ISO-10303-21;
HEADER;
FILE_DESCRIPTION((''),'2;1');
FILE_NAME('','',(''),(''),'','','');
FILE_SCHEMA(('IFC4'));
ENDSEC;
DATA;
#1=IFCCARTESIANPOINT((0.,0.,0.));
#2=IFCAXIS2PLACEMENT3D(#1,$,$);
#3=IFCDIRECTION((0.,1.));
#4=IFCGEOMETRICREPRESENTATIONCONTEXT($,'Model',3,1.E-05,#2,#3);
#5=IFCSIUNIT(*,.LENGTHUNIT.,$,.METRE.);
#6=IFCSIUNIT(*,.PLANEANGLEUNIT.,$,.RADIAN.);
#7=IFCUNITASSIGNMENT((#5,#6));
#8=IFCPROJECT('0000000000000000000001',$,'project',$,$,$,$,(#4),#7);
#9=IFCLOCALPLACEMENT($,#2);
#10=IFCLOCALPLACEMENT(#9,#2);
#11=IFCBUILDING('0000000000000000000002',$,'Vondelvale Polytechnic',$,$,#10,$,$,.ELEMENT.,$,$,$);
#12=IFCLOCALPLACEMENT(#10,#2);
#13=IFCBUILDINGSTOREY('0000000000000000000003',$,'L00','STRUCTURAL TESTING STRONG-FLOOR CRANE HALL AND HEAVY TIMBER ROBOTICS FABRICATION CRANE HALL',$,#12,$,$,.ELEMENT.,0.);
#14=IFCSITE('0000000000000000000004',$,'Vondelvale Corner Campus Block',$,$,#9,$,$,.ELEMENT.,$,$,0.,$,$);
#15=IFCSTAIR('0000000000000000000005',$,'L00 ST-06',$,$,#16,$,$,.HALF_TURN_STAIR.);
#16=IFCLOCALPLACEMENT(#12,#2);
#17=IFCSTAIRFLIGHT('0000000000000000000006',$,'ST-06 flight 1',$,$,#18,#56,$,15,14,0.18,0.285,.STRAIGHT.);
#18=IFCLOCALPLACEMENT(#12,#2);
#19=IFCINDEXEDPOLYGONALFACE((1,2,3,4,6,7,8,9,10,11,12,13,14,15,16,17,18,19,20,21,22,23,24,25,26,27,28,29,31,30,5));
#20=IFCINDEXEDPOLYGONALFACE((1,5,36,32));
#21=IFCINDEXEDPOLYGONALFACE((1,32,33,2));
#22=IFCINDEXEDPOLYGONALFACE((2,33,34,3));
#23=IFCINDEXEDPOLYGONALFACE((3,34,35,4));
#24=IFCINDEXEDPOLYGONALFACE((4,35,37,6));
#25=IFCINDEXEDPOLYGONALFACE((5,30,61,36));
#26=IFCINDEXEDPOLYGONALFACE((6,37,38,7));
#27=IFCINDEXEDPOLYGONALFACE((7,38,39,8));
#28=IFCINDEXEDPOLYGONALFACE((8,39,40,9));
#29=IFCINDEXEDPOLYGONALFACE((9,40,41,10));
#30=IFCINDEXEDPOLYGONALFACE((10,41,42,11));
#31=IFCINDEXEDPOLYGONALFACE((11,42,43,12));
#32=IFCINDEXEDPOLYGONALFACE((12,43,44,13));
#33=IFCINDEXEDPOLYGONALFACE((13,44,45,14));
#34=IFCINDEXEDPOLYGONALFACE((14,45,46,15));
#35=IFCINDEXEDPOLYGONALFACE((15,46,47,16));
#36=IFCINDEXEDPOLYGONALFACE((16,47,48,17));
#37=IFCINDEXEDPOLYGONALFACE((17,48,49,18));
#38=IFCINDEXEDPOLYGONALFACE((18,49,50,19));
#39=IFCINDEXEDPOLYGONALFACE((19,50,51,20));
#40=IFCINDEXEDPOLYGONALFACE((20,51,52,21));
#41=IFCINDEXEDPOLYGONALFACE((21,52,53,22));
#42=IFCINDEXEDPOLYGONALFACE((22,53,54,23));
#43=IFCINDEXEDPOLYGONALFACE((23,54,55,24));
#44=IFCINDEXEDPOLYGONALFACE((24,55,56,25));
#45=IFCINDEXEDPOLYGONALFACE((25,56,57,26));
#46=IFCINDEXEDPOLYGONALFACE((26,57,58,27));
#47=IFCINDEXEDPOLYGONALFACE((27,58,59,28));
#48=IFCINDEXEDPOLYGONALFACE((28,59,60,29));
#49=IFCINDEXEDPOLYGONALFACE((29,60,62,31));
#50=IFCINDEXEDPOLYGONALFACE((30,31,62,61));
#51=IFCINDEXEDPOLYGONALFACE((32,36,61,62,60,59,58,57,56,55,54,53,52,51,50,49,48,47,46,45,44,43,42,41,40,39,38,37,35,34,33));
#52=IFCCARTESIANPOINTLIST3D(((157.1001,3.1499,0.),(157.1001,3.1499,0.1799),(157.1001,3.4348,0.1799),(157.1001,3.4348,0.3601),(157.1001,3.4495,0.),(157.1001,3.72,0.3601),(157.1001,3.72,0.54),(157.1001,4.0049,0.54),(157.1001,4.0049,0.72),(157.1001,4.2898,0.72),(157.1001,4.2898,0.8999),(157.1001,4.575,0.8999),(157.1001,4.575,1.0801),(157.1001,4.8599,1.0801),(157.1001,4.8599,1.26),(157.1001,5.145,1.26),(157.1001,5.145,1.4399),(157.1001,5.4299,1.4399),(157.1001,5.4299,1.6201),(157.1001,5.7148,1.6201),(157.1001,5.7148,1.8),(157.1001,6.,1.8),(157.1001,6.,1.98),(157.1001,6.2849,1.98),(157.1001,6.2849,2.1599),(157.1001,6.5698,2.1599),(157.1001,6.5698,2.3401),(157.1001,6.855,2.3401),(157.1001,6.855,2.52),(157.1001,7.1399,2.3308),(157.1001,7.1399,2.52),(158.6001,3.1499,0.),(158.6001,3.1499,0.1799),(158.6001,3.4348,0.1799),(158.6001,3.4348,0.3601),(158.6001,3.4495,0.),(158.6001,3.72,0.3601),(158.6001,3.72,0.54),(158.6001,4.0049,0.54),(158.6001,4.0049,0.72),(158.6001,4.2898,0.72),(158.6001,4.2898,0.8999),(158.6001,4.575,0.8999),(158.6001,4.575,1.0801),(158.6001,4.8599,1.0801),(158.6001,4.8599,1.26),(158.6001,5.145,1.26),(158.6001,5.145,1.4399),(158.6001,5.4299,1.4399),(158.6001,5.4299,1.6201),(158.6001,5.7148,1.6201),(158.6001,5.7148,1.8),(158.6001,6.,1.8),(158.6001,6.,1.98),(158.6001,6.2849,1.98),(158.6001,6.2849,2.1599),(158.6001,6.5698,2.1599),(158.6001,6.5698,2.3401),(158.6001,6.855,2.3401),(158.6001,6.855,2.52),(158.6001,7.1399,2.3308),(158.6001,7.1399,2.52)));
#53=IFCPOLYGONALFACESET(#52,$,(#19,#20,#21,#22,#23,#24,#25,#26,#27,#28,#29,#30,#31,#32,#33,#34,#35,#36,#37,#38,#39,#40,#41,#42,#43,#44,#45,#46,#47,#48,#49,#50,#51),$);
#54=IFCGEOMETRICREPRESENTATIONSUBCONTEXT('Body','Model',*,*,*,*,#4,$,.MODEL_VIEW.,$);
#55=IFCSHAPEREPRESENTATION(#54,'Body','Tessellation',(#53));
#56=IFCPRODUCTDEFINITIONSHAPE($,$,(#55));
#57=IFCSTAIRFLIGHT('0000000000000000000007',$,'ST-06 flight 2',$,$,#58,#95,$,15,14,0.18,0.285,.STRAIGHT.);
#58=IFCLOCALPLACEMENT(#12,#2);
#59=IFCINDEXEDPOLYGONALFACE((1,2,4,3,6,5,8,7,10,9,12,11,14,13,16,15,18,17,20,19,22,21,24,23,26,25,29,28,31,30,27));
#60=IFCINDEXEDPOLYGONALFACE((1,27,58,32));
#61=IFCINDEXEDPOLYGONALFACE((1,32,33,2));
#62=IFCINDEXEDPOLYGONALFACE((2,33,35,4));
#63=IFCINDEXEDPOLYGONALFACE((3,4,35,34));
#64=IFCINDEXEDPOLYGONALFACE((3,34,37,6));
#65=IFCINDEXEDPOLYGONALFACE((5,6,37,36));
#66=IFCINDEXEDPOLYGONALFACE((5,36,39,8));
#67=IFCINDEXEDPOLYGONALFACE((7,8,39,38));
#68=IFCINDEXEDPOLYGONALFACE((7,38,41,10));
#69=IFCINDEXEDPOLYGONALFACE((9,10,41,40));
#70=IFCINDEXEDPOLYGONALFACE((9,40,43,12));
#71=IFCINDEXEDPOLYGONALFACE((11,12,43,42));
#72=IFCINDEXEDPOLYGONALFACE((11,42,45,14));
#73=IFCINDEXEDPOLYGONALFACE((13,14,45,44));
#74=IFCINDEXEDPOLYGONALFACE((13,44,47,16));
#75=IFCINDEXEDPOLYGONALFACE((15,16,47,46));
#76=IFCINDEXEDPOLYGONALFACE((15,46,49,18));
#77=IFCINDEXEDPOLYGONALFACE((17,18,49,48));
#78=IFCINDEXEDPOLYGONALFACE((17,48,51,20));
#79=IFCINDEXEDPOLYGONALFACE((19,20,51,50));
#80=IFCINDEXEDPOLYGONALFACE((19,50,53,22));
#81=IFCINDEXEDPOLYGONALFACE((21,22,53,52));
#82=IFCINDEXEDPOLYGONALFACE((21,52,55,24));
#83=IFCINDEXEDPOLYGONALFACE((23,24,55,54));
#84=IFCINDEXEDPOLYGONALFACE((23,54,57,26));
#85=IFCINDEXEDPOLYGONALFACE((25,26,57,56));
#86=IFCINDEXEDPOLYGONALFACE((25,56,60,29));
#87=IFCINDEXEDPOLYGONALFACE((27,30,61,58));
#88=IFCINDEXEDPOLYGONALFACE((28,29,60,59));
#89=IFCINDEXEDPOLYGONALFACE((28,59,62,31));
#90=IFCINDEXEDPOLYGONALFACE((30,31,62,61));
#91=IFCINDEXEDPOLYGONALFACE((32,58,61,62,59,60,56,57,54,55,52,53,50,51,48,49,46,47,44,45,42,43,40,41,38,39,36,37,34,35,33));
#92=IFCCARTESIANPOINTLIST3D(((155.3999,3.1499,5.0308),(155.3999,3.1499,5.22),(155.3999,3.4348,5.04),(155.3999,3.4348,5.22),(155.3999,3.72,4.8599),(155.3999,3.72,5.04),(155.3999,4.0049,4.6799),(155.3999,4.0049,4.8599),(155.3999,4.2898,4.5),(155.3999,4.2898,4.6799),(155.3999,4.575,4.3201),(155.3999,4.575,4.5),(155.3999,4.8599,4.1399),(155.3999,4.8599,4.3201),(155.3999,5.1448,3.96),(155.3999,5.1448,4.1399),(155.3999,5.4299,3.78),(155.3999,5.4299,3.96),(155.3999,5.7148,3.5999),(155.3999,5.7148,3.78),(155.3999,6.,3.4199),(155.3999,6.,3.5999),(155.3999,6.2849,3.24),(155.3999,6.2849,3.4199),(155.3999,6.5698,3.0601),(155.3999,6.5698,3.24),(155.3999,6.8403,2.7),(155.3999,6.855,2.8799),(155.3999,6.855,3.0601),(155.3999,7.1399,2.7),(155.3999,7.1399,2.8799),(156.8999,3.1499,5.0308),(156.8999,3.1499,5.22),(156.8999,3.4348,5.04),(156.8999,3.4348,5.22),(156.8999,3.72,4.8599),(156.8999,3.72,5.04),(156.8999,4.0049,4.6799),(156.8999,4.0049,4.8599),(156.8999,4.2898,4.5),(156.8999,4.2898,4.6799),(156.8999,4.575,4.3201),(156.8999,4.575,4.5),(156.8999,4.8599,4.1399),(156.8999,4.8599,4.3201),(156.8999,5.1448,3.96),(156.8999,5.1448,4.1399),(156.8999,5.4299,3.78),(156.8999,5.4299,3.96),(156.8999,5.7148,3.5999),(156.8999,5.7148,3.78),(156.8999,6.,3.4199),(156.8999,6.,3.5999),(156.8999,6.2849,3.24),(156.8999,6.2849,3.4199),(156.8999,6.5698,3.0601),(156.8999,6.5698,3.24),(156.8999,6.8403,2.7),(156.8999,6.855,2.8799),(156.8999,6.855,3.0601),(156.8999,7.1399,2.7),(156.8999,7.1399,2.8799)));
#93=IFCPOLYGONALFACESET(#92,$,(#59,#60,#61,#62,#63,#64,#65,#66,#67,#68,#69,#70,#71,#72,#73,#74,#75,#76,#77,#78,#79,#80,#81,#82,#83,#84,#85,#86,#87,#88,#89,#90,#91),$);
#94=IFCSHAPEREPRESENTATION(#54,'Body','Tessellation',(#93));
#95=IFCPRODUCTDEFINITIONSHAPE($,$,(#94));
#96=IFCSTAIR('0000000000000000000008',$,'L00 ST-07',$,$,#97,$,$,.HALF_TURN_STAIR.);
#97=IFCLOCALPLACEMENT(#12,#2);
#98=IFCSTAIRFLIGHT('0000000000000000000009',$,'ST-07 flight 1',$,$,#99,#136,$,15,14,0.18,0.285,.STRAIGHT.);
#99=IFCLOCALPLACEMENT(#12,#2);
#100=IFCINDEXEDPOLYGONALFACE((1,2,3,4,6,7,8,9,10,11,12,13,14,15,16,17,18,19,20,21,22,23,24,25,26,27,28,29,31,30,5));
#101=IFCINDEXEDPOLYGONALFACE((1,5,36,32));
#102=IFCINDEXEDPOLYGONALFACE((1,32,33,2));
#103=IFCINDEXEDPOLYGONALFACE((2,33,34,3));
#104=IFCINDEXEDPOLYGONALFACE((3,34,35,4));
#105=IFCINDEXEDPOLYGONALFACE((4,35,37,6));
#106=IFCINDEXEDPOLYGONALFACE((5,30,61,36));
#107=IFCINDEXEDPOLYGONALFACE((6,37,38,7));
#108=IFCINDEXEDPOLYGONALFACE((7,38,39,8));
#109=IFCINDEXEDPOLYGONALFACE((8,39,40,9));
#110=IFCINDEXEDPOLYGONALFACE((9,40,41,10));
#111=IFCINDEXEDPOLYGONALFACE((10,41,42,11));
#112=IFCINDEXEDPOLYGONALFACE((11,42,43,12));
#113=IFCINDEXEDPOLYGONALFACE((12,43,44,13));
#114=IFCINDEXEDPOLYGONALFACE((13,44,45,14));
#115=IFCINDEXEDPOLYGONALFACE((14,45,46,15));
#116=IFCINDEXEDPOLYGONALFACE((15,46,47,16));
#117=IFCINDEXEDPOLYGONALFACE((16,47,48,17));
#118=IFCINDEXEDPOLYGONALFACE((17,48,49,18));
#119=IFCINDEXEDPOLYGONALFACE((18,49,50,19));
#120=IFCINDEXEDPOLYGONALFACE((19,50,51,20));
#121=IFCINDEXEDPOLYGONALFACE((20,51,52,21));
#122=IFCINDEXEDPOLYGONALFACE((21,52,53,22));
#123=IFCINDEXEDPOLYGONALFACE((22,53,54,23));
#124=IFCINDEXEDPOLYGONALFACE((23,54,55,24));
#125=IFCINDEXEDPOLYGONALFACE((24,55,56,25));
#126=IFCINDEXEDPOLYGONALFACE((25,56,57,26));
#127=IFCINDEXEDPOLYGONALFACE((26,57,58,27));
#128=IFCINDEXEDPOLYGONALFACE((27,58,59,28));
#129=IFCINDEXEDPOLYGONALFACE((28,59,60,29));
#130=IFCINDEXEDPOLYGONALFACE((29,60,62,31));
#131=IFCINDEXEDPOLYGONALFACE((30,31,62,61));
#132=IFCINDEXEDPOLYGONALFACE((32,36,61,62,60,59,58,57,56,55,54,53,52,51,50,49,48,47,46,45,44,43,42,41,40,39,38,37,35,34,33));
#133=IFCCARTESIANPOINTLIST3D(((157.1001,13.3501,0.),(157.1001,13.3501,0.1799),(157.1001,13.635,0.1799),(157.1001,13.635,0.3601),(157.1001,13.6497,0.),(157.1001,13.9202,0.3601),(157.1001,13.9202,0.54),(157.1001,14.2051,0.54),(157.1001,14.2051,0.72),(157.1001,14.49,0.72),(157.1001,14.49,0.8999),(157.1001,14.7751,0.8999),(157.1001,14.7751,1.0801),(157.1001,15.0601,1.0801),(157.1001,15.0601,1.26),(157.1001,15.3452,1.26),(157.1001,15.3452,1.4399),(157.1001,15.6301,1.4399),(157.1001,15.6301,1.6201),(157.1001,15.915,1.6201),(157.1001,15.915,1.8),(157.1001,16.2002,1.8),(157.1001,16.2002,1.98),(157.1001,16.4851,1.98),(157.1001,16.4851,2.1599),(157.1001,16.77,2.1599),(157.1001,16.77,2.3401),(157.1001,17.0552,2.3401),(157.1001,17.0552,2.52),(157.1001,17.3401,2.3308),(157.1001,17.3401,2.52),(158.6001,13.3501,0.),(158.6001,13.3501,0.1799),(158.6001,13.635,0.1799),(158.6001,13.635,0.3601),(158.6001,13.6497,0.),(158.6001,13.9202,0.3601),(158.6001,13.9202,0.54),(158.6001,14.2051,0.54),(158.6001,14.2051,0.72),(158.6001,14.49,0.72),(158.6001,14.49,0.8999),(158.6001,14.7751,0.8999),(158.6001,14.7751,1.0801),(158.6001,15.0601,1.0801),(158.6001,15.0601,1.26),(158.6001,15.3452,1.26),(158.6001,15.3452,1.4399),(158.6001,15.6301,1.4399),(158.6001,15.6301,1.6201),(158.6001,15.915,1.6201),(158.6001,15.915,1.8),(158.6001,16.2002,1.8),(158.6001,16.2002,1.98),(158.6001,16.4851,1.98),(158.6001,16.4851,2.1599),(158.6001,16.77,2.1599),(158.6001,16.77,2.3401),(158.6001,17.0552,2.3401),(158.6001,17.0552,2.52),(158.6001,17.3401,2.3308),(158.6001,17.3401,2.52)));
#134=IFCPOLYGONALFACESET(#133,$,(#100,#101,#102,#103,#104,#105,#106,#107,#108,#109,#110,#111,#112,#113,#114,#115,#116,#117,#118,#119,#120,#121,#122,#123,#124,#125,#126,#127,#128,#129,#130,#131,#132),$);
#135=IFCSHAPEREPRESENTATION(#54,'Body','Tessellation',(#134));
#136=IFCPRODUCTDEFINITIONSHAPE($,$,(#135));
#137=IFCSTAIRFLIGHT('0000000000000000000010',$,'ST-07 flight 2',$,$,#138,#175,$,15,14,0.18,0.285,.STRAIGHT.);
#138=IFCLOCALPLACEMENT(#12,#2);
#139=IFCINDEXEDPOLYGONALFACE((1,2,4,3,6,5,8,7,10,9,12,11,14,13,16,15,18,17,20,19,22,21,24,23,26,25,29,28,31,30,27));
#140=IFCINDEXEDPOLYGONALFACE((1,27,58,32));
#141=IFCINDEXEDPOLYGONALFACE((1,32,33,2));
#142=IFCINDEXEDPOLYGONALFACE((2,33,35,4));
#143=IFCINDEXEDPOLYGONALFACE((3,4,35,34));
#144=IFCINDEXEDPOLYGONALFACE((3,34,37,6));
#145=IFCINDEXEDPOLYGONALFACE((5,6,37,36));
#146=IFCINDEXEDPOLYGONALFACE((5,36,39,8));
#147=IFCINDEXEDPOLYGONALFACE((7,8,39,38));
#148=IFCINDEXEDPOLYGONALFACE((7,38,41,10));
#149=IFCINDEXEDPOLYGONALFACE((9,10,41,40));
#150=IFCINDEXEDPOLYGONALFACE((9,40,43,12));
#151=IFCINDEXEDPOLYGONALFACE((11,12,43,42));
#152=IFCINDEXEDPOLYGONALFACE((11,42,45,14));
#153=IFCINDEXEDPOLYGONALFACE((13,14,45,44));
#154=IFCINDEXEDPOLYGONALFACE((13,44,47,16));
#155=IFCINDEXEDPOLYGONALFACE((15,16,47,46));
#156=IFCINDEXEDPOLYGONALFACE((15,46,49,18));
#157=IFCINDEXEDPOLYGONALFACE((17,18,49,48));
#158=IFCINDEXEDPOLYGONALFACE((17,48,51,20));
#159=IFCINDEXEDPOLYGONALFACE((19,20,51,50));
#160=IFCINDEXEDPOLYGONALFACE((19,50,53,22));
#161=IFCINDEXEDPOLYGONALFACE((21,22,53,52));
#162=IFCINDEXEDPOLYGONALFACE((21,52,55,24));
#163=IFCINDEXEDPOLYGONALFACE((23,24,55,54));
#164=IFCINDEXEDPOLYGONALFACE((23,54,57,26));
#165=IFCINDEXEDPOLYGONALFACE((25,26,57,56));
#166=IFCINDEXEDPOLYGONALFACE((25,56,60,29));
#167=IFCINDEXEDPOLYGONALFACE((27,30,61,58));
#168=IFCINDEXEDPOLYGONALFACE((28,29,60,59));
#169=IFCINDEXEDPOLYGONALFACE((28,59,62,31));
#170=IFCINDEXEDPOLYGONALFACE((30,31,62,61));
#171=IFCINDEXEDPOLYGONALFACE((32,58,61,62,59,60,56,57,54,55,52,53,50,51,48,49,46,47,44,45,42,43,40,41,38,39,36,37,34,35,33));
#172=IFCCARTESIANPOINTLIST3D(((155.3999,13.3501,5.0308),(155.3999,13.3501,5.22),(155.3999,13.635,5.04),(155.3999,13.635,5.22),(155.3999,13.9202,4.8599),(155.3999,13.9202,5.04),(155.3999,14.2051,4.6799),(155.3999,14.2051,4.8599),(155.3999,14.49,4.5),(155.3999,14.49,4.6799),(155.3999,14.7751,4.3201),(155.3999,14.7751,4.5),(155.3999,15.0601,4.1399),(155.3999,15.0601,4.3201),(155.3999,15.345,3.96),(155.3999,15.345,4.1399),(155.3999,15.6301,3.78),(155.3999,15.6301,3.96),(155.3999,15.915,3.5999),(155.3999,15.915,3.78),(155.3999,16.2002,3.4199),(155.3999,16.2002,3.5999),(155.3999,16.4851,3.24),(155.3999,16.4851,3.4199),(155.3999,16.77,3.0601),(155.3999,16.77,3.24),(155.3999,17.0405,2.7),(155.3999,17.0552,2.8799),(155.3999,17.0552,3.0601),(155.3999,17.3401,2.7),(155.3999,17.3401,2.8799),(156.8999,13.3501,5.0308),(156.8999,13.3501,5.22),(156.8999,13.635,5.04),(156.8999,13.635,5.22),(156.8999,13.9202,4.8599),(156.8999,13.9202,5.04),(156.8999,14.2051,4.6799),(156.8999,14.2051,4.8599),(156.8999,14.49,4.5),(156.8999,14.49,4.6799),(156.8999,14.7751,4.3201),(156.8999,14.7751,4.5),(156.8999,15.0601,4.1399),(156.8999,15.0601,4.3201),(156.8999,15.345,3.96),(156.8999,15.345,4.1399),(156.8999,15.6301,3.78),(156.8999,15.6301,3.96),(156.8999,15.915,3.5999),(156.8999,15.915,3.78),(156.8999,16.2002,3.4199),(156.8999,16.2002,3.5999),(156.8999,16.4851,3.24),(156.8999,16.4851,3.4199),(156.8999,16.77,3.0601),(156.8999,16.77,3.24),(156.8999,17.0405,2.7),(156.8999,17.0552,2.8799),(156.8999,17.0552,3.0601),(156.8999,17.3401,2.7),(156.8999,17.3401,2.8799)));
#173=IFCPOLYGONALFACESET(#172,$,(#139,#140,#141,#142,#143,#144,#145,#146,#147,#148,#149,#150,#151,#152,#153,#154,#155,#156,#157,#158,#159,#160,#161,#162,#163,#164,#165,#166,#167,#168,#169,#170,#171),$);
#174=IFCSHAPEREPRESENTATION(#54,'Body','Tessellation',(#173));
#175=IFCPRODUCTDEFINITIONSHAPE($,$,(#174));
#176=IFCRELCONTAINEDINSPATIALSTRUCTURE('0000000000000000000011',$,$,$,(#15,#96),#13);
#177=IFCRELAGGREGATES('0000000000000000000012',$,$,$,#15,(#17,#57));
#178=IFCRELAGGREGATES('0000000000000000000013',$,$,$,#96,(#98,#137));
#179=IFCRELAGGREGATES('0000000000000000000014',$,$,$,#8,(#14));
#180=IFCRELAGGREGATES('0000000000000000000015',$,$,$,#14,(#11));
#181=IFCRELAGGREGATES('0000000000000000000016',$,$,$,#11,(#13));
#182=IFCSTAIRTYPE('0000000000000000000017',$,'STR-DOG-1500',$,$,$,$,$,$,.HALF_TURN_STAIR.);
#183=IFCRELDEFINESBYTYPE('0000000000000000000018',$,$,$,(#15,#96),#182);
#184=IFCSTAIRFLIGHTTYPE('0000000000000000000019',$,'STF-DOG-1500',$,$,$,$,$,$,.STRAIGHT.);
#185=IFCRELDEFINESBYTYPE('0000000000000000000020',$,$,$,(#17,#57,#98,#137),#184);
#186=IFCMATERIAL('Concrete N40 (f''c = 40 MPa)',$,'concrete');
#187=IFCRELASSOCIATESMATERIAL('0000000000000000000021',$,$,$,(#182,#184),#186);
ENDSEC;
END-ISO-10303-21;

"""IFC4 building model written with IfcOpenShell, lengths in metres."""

from ifc_helpers import new_model, si_unit, direction, frame, origin, place, context, subcontext, project, spatial, polyline, outline, extrude, material, type_object, element, aggregate, save


model = new_model("IFC4")

# Units and contexts
model_context = context("Model", 3, precision=1e-05, world=origin(), true_north=direction((0.0, 1.0)))
body_context = subcontext(model_context, "Body", "Model", "MODEL_VIEW")
ifc_project = project(units=[si_unit("LENGTHUNIT", "METRE"), si_unit("PLANEANGLEUNIT", "RADIAN")], contexts=[model_context])

# Site, building, storey
site_placement = place(None, origin())
site = spatial("IfcSite", under=ifc_project, at=site_placement, Name="Vondelvale Corner Campus Block", CompositionType="ELEMENT", RefElevation=0.0)
building_placement = place(site_placement, origin())
building = spatial("IfcBuilding", under=site, at=building_placement, Name="Vondelvale Polytechnic", CompositionType="ELEMENT")
storey_placement = place(building_placement, origin())
storey = spatial("IfcBuildingStorey", under=building, at=storey_placement, Name="L00", Description="STRUCTURAL TESTING STRONG-FLOOR CRANE HALL AND HEAVY TIMBER ROBOTICS FABRICATION CRANE HALL", CompositionType="ELEMENT", Elevation=0.0)

# Shared definitions
ifc_material_1 = material(Name="Concrete N40 (f'c = 40 MPa)", Category="concrete")

# Stairs, stair flights
stair_type = type_object("IfcStairType", Name="STR-DOG-1500", PredefinedType="HALF_TURN_STAIR", material=ifc_material_1)
stair_1_placement = place(storey_placement, origin())
stair_1 = element("IfcStair", 1, at=stair_1_placement, inside=storey, type_object=stair_type, Name="L00 ST-06", PredefinedType="HALF_TURN_STAIR")
stair_flight_type = type_object("IfcStairFlightType", Name="STF-DOG-1500", PredefinedType="STRAIGHT", material=ifc_material_1)
stair_flight_1_placement = place(storey_placement, frame((157.8501, 3.1499, 0.0), z_axis=(0.0, 0.0, 1.0), x_axis=(0.0, 1.0, 0.0)))
stair_flight_1 = element("IfcStairFlight", 2, at=stair_flight_1_placement, type_object=stair_flight_type, Name="ST-06 flight 1", NumberOfRisers=15, NumberOfTreads=14, PredefinedType="STRAIGHT", RiserHeight=0.18, TreadLength=0.285, context=body_context, shape_type="SweptSolid", body=[
    extrude(outline(polyline([(0.0, 0.0), (0.0, 0.1799), (0.2849, 0.1799), (0.2849, 0.3601), (0.5701, 0.3601), (0.5701, 0.54), (0.855, 0.54), (0.855, 0.72), (1.1399, 0.72), (1.1399, 0.8999), (1.425, 0.8999), (1.425, 1.0801), (1.71, 1.0801), (1.71, 1.26), (1.9951, 1.26), (1.9951, 1.4399), (2.28, 1.4399), (2.28, 1.6201), (2.5649, 1.6201), (2.5649, 1.8), (2.8501, 1.8), (2.8501, 1.98), (3.135, 1.98), (3.135, 2.1599), (3.4199, 2.1599), (3.4199, 2.3401), (3.7051, 2.3401), (3.7051, 2.52), (3.99, 2.52), (3.99, 2.7), (3.99, 2.3308), (0.2996, 0.0), (0.0, 0.0)])), frame((0.0, 0.75, 0.0), z_axis=(0.0, -1.0, 0.0), x_axis=(1.0, 0.0, 0.0)), (0.0, 0.0, 1.0), 1.5),
])
stair_flight_2_placement = place(storey_placement, frame((156.1499, 7.1399, 2.7), z_axis=(0.0, 0.0, 1.0), x_axis=(0.0, -1.0, 0.0)))
stair_flight_2 = element("IfcStairFlight", 3, at=stair_flight_2_placement, type_object=stair_flight_type, Name="ST-06 flight 2", NumberOfRisers=15, NumberOfTreads=14, PredefinedType="STRAIGHT", RiserHeight=0.18, TreadLength=0.285, context=body_context, shape_type="SweptSolid", body=[
    extrude(outline(polyline([(0.0, 0.0), (0.0, 0.1799), (0.2849, 0.1799), (0.2849, 0.3601), (0.5701, 0.3601), (0.5701, 0.54), (0.855, 0.54), (0.855, 0.72), (1.1399, 0.72), (1.1399, 0.8999), (1.425, 0.8999), (1.425, 1.0801), (1.71, 1.0801), (1.71, 1.26), (1.9951, 1.26), (1.9951, 1.4399), (2.28, 1.4399), (2.28, 1.6201), (2.5649, 1.6201), (2.5649, 1.8), (2.8501, 1.8), (2.8501, 1.98), (3.135, 1.98), (3.135, 2.1599), (3.4199, 2.1599), (3.4199, 2.3401), (3.7051, 2.3401), (3.7051, 2.52), (3.99, 2.52), (3.99, 2.7), (3.99, 2.3308), (0.2996, 0.0), (0.0, 0.0)])), frame((0.0, 0.75, 0.0), z_axis=(0.0, -1.0, 0.0), x_axis=(1.0, 0.0, 0.0)), (0.0, 0.0, 1.0), 1.5),
])
aggregate(stair_1, [stair_flight_1, stair_flight_2])
stair_2_placement = place(storey_placement, origin())
stair_2 = element("IfcStair", 4, at=stair_2_placement, inside=storey, type_object=stair_type, Name="L00 ST-07", PredefinedType="HALF_TURN_STAIR")
stair_flight_3_placement = place(storey_placement, frame((157.8501, 13.3501, 0.0), z_axis=(0.0, 0.0, 1.0), x_axis=(0.0, 1.0, 0.0)))
stair_flight_3 = element("IfcStairFlight", 5, at=stair_flight_3_placement, type_object=stair_flight_type, Name="ST-07 flight 1", NumberOfRisers=15, NumberOfTreads=14, PredefinedType="STRAIGHT", RiserHeight=0.18, TreadLength=0.285, context=body_context, shape_type="SweptSolid", body=[
    extrude(outline(polyline([(0.0, 0.0), (0.0, 0.1799), (0.2849, 0.1799), (0.2849, 0.3601), (0.5701, 0.3601), (0.5701, 0.54), (0.855, 0.54), (0.855, 0.72), (1.1399, 0.72), (1.1399, 0.8999), (1.425, 0.8999), (1.425, 1.0801), (1.71, 1.0801), (1.71, 1.26), (1.9951, 1.26), (1.9951, 1.4399), (2.28, 1.4399), (2.28, 1.6201), (2.5649, 1.6201), (2.5649, 1.8), (2.8501, 1.8), (2.8501, 1.98), (3.135, 1.98), (3.135, 2.1599), (3.4199, 2.1599), (3.4199, 2.3401), (3.7051, 2.3401), (3.7051, 2.52), (3.99, 2.52), (3.99, 2.7), (3.99, 2.3308), (0.2996, 0.0), (0.0, 0.0)])), frame((0.0, 0.75, 0.0), z_axis=(0.0, -1.0, 0.0), x_axis=(1.0, 0.0, 0.0)), (0.0, 0.0, 1.0), 1.5),
])
stair_flight_4_placement = place(storey_placement, frame((156.1499, 17.3401, 2.7), z_axis=(0.0, 0.0, 1.0), x_axis=(0.0, -1.0, 0.0)))
stair_flight_4 = element("IfcStairFlight", 6, at=stair_flight_4_placement, type_object=stair_flight_type, Name="ST-07 flight 2", NumberOfRisers=15, NumberOfTreads=14, PredefinedType="STRAIGHT", RiserHeight=0.18, TreadLength=0.285, context=body_context, shape_type="SweptSolid", body=[
    extrude(outline(polyline([(0.0, 0.0), (0.0, 0.1799), (0.2849, 0.1799), (0.2849, 0.3601), (0.5701, 0.3601), (0.5701, 0.54), (0.855, 0.54), (0.855, 0.72), (1.1399, 0.72), (1.1399, 0.8999), (1.425, 0.8999), (1.425, 1.0801), (1.71, 1.0801), (1.71, 1.26), (1.9951, 1.26), (1.9951, 1.4399), (2.28, 1.4399), (2.28, 1.6201), (2.5649, 1.6201), (2.5649, 1.8), (2.8501, 1.8), (2.8501, 1.98), (3.135, 1.98), (3.135, 2.1599), (3.4199, 2.1599), (3.4199, 2.3401), (3.7051, 2.3401), (3.7051, 2.52), (3.99, 2.52), (3.99, 2.7), (3.99, 2.3308), (0.2996, 0.0), (0.0, 0.0)])), frame((0.0, 0.75, 0.0), z_axis=(0.0, -1.0, 0.0), x_axis=(1.0, 0.0, 0.0)), (0.0, 0.0, 1.0), 1.5),
])
aggregate(stair_2, [stair_flight_3, stair_flight_4])

save(model, "model.ifc")
